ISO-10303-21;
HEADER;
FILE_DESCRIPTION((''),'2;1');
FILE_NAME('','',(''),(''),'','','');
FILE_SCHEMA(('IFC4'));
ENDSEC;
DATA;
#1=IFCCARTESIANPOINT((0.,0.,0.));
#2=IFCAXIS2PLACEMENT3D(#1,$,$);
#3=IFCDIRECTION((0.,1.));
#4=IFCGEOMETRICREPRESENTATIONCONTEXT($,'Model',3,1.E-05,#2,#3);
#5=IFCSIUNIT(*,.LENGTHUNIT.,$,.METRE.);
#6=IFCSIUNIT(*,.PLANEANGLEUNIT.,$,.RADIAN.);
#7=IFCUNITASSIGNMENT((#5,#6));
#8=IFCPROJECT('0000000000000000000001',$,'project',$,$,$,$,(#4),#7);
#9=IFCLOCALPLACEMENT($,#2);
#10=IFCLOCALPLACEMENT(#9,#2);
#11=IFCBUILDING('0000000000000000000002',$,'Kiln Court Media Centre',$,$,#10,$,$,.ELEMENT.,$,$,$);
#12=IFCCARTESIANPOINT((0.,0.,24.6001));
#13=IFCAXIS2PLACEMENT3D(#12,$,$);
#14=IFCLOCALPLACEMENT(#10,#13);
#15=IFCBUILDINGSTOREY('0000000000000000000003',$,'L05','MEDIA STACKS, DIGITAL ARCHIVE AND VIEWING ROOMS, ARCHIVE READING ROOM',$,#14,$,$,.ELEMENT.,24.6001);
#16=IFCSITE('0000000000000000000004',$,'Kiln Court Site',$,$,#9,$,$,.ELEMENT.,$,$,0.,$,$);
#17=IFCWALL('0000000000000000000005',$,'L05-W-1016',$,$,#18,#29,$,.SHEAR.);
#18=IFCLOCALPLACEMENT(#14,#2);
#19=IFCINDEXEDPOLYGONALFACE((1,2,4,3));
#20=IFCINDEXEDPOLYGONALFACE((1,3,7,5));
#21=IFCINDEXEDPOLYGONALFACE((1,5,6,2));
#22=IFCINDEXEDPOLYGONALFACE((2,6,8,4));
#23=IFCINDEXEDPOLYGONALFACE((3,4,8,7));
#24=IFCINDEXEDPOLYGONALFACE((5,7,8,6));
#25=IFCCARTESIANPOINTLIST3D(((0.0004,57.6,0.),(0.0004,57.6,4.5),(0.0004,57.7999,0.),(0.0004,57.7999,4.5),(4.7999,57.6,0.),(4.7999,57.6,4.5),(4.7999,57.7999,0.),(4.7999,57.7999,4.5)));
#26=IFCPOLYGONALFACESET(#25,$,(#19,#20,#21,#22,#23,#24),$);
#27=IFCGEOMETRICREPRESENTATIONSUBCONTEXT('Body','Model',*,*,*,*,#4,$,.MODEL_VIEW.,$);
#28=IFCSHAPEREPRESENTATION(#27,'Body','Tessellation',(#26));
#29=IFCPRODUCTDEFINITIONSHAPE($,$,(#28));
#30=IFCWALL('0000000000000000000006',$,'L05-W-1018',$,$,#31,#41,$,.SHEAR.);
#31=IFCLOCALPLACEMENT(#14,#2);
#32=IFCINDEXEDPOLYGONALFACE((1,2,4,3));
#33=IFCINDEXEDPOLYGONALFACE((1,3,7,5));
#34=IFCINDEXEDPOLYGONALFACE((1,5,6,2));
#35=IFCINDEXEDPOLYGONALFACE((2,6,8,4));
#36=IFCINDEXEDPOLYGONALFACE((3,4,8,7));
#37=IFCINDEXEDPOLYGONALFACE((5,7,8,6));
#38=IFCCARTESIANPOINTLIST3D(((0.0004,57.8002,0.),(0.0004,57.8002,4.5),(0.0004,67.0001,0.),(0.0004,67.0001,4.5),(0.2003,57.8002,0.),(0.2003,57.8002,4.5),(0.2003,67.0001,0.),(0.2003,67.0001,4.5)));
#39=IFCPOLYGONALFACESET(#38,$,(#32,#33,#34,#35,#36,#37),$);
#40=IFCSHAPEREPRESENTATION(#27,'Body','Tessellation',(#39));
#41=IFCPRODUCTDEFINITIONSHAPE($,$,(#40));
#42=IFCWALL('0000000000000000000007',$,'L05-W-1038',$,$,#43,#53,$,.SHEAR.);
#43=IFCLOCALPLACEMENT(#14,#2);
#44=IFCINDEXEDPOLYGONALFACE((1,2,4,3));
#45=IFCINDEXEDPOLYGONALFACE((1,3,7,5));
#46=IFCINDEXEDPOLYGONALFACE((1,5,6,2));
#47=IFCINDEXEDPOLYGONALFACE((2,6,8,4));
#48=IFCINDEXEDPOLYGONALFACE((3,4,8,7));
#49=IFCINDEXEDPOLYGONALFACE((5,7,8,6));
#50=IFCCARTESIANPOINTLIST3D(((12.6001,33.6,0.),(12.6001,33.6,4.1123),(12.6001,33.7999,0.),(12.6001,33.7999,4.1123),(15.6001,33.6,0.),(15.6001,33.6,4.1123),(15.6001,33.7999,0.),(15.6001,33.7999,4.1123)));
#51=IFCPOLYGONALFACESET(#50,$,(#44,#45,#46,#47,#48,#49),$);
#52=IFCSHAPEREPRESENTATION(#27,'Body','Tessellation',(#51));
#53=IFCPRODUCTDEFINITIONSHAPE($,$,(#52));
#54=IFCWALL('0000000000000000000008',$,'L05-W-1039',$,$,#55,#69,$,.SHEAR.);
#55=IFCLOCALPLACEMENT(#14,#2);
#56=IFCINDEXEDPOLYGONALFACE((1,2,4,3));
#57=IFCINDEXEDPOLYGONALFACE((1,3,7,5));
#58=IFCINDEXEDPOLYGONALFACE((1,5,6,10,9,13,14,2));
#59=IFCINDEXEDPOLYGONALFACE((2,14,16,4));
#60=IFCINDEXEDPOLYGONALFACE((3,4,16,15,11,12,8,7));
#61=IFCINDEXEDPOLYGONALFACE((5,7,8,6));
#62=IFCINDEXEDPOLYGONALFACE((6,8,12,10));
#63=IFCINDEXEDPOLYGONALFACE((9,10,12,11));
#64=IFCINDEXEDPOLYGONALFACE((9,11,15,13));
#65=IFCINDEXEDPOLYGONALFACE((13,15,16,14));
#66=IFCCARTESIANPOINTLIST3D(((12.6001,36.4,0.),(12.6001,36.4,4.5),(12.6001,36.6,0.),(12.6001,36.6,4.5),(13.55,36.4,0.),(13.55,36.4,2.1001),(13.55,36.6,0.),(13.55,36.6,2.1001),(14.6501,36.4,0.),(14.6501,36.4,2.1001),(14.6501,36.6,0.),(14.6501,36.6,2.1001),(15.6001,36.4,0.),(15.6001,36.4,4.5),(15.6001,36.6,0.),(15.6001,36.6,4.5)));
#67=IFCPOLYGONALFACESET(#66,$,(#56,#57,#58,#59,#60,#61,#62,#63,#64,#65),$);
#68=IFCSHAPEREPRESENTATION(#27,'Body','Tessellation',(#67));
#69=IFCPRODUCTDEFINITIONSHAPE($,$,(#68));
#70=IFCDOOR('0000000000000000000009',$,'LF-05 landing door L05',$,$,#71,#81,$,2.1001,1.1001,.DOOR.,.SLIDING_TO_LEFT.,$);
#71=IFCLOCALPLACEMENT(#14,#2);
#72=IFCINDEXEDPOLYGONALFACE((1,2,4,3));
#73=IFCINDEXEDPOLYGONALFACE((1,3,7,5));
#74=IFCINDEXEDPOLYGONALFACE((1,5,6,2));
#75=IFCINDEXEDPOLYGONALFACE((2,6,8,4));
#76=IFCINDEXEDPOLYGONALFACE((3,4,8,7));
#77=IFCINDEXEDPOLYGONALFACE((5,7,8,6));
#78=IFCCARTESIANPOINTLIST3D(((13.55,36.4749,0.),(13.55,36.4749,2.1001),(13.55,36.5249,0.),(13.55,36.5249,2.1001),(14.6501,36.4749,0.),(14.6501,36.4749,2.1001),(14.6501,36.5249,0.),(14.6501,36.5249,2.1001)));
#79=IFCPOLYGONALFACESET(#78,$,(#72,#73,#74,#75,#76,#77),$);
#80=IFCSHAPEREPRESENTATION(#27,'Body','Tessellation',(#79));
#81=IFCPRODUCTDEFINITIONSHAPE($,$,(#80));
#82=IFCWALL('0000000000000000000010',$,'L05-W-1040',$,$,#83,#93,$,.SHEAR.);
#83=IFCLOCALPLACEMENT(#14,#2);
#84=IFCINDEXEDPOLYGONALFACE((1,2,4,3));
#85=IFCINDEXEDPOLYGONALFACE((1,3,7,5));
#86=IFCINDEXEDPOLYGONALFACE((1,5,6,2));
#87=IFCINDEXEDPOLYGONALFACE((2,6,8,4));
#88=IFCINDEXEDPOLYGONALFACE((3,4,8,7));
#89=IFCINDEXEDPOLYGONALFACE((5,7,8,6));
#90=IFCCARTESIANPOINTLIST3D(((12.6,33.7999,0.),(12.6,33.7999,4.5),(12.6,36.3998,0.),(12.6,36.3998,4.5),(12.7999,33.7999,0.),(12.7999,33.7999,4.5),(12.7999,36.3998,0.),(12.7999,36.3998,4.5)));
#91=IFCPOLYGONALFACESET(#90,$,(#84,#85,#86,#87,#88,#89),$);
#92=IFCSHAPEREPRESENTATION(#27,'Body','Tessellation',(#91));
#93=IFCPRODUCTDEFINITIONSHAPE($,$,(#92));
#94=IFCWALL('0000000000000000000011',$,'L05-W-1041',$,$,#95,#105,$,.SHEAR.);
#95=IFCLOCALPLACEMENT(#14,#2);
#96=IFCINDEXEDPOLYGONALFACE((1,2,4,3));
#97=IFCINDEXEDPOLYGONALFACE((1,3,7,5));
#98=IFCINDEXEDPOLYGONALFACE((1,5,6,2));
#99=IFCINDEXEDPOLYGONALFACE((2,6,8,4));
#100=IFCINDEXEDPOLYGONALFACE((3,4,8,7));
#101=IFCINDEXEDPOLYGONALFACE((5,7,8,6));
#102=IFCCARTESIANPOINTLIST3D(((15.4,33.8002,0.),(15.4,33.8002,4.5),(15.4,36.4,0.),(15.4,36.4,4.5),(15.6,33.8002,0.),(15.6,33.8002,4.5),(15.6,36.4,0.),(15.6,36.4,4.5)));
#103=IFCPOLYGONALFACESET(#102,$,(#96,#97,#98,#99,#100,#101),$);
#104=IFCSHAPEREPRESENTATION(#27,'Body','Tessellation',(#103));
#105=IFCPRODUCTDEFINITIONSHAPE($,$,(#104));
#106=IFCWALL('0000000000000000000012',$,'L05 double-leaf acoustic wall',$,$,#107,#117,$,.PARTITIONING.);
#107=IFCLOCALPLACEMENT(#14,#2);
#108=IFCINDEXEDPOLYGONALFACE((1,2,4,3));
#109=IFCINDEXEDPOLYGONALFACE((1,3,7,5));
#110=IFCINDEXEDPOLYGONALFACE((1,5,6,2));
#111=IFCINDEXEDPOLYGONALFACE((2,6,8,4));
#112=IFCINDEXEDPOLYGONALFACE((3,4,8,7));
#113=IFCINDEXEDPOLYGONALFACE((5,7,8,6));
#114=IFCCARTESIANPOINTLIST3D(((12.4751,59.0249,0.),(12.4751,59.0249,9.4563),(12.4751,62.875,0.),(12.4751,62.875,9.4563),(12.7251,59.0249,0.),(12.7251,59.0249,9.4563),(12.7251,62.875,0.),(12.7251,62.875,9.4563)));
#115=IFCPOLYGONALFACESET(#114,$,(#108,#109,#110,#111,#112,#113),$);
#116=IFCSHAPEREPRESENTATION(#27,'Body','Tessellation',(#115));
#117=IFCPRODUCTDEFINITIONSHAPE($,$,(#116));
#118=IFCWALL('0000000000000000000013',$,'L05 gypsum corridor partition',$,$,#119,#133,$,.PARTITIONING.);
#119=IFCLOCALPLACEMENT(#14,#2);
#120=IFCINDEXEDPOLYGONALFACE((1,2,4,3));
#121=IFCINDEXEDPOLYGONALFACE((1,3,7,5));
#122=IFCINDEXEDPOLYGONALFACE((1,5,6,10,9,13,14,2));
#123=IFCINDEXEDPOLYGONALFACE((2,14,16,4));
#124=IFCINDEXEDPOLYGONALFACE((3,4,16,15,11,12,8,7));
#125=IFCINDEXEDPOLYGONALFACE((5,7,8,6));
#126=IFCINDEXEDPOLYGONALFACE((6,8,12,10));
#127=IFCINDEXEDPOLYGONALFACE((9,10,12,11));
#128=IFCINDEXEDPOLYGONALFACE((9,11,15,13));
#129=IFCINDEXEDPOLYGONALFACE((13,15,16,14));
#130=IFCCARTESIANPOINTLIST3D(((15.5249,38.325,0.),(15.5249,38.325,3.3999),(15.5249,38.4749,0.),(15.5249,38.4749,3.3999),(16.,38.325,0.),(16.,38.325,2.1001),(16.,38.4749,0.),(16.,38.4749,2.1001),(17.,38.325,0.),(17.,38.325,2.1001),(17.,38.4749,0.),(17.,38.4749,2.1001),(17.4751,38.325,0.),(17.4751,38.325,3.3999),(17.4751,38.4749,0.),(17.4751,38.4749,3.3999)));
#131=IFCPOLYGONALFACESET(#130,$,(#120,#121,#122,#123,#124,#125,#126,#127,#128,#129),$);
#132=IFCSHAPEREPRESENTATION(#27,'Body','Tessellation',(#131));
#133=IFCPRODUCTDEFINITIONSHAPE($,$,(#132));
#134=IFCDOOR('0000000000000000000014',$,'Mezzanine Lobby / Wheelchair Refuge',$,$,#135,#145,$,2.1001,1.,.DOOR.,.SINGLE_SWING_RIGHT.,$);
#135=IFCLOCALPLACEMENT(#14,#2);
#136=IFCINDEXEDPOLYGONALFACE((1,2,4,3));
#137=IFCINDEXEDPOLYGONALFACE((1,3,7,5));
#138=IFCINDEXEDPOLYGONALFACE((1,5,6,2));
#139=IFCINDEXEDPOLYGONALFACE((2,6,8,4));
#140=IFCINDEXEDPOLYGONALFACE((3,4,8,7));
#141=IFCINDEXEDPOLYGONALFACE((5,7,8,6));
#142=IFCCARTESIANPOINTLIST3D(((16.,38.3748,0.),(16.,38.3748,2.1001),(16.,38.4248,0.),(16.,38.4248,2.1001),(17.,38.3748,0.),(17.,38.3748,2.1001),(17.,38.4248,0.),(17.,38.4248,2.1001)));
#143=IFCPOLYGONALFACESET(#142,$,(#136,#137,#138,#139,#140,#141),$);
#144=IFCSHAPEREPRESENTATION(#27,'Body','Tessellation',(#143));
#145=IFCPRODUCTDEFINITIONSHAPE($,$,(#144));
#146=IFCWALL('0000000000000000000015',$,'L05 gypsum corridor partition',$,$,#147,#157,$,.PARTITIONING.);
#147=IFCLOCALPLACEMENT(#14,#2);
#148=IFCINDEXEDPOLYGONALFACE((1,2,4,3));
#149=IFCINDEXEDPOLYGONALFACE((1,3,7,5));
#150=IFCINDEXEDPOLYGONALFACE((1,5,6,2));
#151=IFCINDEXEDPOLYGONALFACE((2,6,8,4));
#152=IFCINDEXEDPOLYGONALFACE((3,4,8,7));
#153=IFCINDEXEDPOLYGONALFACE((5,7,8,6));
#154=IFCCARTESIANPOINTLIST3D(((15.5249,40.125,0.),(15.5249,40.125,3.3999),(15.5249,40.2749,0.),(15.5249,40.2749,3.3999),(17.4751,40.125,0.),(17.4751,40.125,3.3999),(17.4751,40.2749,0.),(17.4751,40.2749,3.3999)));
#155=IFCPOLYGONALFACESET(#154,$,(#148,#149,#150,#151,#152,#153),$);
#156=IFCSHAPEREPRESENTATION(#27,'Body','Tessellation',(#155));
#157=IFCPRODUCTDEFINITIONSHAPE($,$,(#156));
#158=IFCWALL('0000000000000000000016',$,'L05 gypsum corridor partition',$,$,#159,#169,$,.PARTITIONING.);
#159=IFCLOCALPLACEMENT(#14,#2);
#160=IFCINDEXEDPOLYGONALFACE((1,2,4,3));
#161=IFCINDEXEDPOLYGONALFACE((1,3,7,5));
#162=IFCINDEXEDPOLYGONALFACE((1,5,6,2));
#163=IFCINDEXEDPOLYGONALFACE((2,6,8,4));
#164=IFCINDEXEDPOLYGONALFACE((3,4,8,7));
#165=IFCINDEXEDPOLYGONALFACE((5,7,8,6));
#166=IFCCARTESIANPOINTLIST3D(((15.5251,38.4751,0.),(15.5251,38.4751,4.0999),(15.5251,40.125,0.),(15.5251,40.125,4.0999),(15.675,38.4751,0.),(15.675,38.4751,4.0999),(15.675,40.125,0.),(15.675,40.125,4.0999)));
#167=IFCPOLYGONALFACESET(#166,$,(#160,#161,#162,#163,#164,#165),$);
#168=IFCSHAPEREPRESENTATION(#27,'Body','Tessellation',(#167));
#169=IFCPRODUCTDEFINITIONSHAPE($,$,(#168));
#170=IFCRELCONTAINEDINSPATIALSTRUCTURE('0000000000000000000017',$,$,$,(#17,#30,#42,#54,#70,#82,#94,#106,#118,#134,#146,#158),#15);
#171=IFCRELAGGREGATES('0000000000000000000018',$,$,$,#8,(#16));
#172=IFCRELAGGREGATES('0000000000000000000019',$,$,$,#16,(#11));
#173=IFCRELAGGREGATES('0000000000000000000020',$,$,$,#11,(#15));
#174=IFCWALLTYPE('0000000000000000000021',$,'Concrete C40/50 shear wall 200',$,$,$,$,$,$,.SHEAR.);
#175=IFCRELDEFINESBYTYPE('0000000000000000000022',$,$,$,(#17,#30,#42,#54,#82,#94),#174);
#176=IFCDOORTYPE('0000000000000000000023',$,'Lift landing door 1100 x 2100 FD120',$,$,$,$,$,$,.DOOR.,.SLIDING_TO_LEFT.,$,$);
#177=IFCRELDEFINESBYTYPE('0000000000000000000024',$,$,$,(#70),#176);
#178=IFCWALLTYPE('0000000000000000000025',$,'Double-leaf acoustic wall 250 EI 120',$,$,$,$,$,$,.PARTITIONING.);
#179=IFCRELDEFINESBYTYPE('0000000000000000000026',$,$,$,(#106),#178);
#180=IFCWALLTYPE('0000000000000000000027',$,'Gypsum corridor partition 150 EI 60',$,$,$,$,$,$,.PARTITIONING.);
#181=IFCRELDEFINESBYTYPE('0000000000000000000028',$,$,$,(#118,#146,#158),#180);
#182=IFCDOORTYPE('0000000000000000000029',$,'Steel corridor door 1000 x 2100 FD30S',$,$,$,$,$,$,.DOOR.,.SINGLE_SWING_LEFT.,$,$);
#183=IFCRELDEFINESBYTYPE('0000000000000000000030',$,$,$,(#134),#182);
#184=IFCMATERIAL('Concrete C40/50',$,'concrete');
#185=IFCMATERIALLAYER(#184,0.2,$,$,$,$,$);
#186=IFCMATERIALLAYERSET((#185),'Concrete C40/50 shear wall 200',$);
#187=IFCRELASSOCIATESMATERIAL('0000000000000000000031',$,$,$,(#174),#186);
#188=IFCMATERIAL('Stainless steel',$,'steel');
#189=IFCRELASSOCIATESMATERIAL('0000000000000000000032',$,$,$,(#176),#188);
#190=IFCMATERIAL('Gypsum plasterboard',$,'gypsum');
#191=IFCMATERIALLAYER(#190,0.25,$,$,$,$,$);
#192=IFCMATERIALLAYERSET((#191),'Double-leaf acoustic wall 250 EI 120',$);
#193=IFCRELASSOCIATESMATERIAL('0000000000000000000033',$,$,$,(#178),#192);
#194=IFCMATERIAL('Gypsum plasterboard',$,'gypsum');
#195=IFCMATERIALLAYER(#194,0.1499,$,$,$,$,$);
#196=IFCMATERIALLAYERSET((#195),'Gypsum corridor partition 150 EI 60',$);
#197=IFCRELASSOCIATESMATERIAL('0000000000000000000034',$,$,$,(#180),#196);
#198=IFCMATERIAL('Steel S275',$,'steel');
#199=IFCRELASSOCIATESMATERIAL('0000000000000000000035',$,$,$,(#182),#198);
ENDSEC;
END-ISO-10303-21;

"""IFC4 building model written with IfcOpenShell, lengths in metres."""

from ifc_helpers import new_model, si_unit, direction, frame, frame_2d, origin, place, context, subcontext, project, spatial, rectangle, extrude, material, layer, layer_set, type_object, element, fill, save


model = new_model("IFC4")

# Units and contexts
model_context = context("Model", 3, precision=1e-05, world=origin(), true_north=direction((0.0, 1.0)))
body_context = subcontext(model_context, "Body", "Model", "MODEL_VIEW")
ifc_project = project(units=[si_unit("LENGTHUNIT", "METRE"), si_unit("PLANEANGLEUNIT", "RADIAN")], contexts=[model_context])

# Site, building, storey
site_placement = place(None, origin())
site = spatial("IfcSite", under=ifc_project, at=site_placement, Name="Kiln Court Site", CompositionType="ELEMENT", RefElevation=0.0)
building_placement = place(site_placement, origin())
building = spatial("IfcBuilding", under=site, at=building_placement, Name="Kiln Court Media Centre", CompositionType="ELEMENT")
storey_placement = place(building_placement, frame((0.0, 0.0, 24.6001)))
storey = spatial("IfcBuildingStorey", under=building, at=storey_placement, Name="L05", Description="MEDIA STACKS, DIGITAL ARCHIVE AND VIEWING ROOMS, ARCHIVE READING ROOM", CompositionType="ELEMENT", Elevation=24.6001)

# Shared definitions
ifc_material_1 = material(Name="Concrete C40/50", Category="concrete")
ifc_layer_1 = layer(ifc_material_1, 0.2)
ifc_layer_set_1 = layer_set([ifc_layer_1], Name="Concrete C40/50 shear wall 200")
wall_type_1 = type_object("IfcWallType", Name="Concrete C40/50 shear wall 200", PredefinedType="SHEAR", material=ifc_layer_set_1)

# Walls
wall_1_placement = place(storey_placement, frame((4.8, 57.7, 0.0), z_axis=(0.0, 0.0, 1.0), x_axis=(-1.0, 0.0, 0.0)))
element("IfcWall", 1, at=wall_1_placement, inside=storey, type_object=wall_type_1, Name="L05-W-1016", PredefinedType="SHEAR", context=body_context, shape_type="SweptSolid", body=[
    extrude(rectangle(XDim=4.7996, YDim=0.2, at=frame_2d((2.3999, 0.0))), origin(), (0.0, 0.0, 1.0), 4.5),
])
wall_2_placement = place(storey_placement, frame((0.1003, 57.8, 0.0), z_axis=(0.0, 0.0, 1.0), x_axis=(0.0, 1.0, 0.0)))
element("IfcWall", 2, at=wall_2_placement, inside=storey, type_object=wall_type_1, Name="L05-W-1018", PredefinedType="SHEAR", context=body_context, shape_type="SweptSolid", body=[
    extrude(rectangle(XDim=9.2, YDim=0.2, at=frame_2d((4.6001, 0.0))), origin(), (0.0, 0.0, 1.0), 4.5),
])
wall_3_placement = place(storey_placement, frame((15.6001, 33.7, 0.0), z_axis=(0.0, 0.0, 1.0), x_axis=(-1.0, 0.0, 0.0)))
element("IfcWall", 3, at=wall_3_placement, inside=storey, type_object=wall_type_1, Name="L05-W-1038", PredefinedType="SHEAR", context=body_context, shape_type="SweptSolid", body=[
    extrude(rectangle(XDim=3.0, YDim=0.2, at=frame_2d((1.5, 0.0))), origin(), (0.0, 0.0, 1.0), 4.1123),
])

# Wall, opening, door
wall_4_placement = place(storey_placement, frame((12.6001, 36.5, 0.0), z_axis=(0.0, 0.0, 1.0), x_axis=(1.0, 0.0, 0.0)))
wall_4 = element("IfcWall", 4, at=wall_4_placement, inside=storey, type_object=wall_type_1, Name="L05-W-1039", PredefinedType="SHEAR", context=body_context, shape_type="SweptSolid", body=[
    extrude(rectangle(XDim=3.0, YDim=0.2, at=frame_2d((1.5, 0.0))), origin(), (0.0, 0.0, 1.0), 4.5),
])
opening_1_placement = place(wall_4_placement, frame((0.95, 0.0, 0.0)))
opening_1 = element("IfcOpeningElement", 5, at=opening_1_placement, cuts=wall_4, PredefinedType="OPENING", context=body_context, shape_type="SweptSolid", body=[
    extrude(rectangle(XDim=1.1001, YDim=2.1001, at=frame_2d((0.55, 1.05))), frame((0.0, 0.1099, 0.0), z_axis=(0.0, -1.0, 0.0), x_axis=(1.0, 0.0, 0.0)), (0.0, 0.0, 1.0), 0.22),
])
ifc_material_2 = material(Name="Stainless steel", Category="steel")
door_type_1 = type_object("IfcDoorType", Name="Lift landing door 1100 x 2100 FD120", OperationType="SLIDING_TO_LEFT", PredefinedType="DOOR", material=ifc_material_2)
door_1_placement = place(opening_1_placement, origin())
door_1 = element("IfcDoor", 6, at=door_1_placement, inside=storey, type_object=door_type_1, Name="LF-05 landing door L05", OperationType="SLIDING_TO_LEFT", OverallHeight=2.1001, OverallWidth=1.1001, PredefinedType="DOOR", context=body_context, shape_type="SweptSolid", body=[
    extrude(rectangle(XDim=1.1001, YDim=2.1001, at=frame_2d((0.55, 1.05))), frame((0.0, 0.0249, 0.0), z_axis=(0.0, -1.0, 0.0), x_axis=(1.0, 0.0, 0.0)), (0.0, 0.0, 1.0), 0.05),
])
fill(opening_1, door_1)

# Walls
for number, where, z_axis, x_axis, name in (
    (7, (12.7, 33.8, 0.0), (0.0, 0.0, 1.0), (0.0, 1.0, 0.0), "L05-W-1040"),
    (8, (15.5, 36.3999, 0.0), (0.0, 0.0, 1.0), (0.0, -1.0, 0.0), "L05-W-1041"),
):
    element("IfcWall", number, at=place(storey_placement, frame(where, z_axis=z_axis, x_axis=x_axis)), inside=storey, type_object=wall_type_1, Name=name, PredefinedType="SHEAR", context=body_context, shape_type="SweptSolid", body=[
        extrude(rectangle(XDim=2.5999, YDim=0.2, at=frame_2d((1.2998, 0.0))), origin(), (0.0, 0.0, 1.0), 4.5),
    ])
ifc_material_3 = material(Name="Gypsum plasterboard", Category="gypsum")
ifc_layer_2 = layer(ifc_material_3, 0.25)
ifc_layer_set_2 = layer_set([ifc_layer_2], Name="Double-leaf acoustic wall 250 EI 120")
wall_type_2 = type_object("IfcWallType", Name="Double-leaf acoustic wall 250 EI 120", PredefinedType="PARTITIONING", material=ifc_layer_set_2)
wall_5_placement = place(storey_placement, frame((12.6001, 59.0249, 0.0), z_axis=(0.0, 0.0, 1.0), x_axis=(0.0, 1.0, 0.0)))
element("IfcWall", 9, at=wall_5_placement, inside=storey, type_object=wall_type_2, Name="L05 double-leaf acoustic wall", PredefinedType="PARTITIONING", context=body_context, shape_type="SweptSolid", body=[
    extrude(rectangle(XDim=3.8501, YDim=0.25, at=frame_2d((1.925, 0.0))), origin(), (0.0, 0.0, 1.0), 9.4563),
])

# Wall, opening, door
ifc_material_4 = material(Name="Gypsum plasterboard", Category="gypsum")
ifc_layer_3 = layer(ifc_material_4, 0.1499)
ifc_layer_set_3 = layer_set([ifc_layer_3], Name="Gypsum corridor partition 150 EI 60")
wall_type_3 = type_object("IfcWallType", Name="Gypsum corridor partition 150 EI 60", PredefinedType="PARTITIONING", material=ifc_layer_set_3)
wall_6_placement = place(storey_placement, frame((15.5249, 38.3999, 0.0), z_axis=(0.0, 0.0, 1.0), x_axis=(1.0, 0.0, 0.0)))
wall_6 = element("IfcWall", 10, at=wall_6_placement, inside=storey, type_object=wall_type_3, Name="L05 gypsum corridor partition", PredefinedType="PARTITIONING", context=body_context, shape_type="SweptSolid", body=[
    extrude(rectangle(XDim=1.9502, YDim=0.1499, at=frame_2d((0.9751, 0.0))), origin(), (0.0, 0.0, 1.0), 3.3999),
])
opening_2_placement = place(wall_6_placement, frame((0.4751, 0.0, 0.0)))
opening_2 = element("IfcOpeningElement", 11, at=opening_2_placement, cuts=wall_6, PredefinedType="OPENING", context=body_context, shape_type="SweptSolid", body=[
    extrude(rectangle(XDim=1.0, YDim=2.1001, at=frame_2d((0.5, 1.05))), frame((0.0, 0.085, 0.0), z_axis=(0.0, -1.0, 0.0), x_axis=(1.0, 0.0, 0.0)), (0.0, 0.0, 1.0), 0.1699),
])
ifc_material_5 = material(Name="Steel S275", Category="steel")
door_type_2 = type_object("IfcDoorType", Name="Steel corridor door 1000 x 2100 FD30S", OperationType="SINGLE_SWING_LEFT", PredefinedType="DOOR", material=ifc_material_5)
door_2_placement = place(opening_2_placement, origin())
door_2 = element("IfcDoor", 12, at=door_2_placement, inside=storey, type_object=door_type_2, Name="Mezzanine Lobby / Wheelchair Refuge", OperationType="SINGLE_SWING_RIGHT", OverallHeight=2.1001, OverallWidth=1.0, PredefinedType="DOOR", context=body_context, shape_type="SweptSolid", body=[
    extrude(rectangle(XDim=1.0, YDim=2.1001, at=frame_2d((0.5, 1.05))), frame((0.0, 0.0249, 0.0), z_axis=(0.0, -1.0, 0.0), x_axis=(1.0, 0.0, 0.0)), (0.0, 0.0, 1.0), 0.05),
])
fill(opening_2, door_2)

# Walls
wall_7_placement = place(storey_placement, frame((15.5249, 40.2, 0.0), z_axis=(0.0, 0.0, 1.0), x_axis=(1.0, 0.0, 0.0)))
element("IfcWall", 13, at=wall_7_placement, inside=storey, type_object=wall_type_3, Name="L05 gypsum corridor partition", PredefinedType="PARTITIONING", context=body_context, shape_type="SweptSolid", body=[
    extrude(rectangle(XDim=1.9502, YDim=0.1499, at=frame_2d((0.9751, 0.0))), origin(), (0.0, 0.0, 1.0), 3.3999),
])
wall_8_placement = place(storey_placement, frame((15.6001, 38.4751, 0.0), z_axis=(0.0, 0.0, 1.0), x_axis=(0.0, 1.0, 0.0)))
element("IfcWall", 14, at=wall_8_placement, inside=storey, type_object=wall_type_3, Name="L05 gypsum corridor partition", PredefinedType="PARTITIONING", context=body_context, shape_type="SweptSolid", body=[
    extrude(rectangle(XDim=1.6499, YDim=0.1499, at=frame_2d((0.825, 0.0))), origin(), (0.0, 0.0, 1.0), 4.0999),
])

save(model, "model.ifc")
